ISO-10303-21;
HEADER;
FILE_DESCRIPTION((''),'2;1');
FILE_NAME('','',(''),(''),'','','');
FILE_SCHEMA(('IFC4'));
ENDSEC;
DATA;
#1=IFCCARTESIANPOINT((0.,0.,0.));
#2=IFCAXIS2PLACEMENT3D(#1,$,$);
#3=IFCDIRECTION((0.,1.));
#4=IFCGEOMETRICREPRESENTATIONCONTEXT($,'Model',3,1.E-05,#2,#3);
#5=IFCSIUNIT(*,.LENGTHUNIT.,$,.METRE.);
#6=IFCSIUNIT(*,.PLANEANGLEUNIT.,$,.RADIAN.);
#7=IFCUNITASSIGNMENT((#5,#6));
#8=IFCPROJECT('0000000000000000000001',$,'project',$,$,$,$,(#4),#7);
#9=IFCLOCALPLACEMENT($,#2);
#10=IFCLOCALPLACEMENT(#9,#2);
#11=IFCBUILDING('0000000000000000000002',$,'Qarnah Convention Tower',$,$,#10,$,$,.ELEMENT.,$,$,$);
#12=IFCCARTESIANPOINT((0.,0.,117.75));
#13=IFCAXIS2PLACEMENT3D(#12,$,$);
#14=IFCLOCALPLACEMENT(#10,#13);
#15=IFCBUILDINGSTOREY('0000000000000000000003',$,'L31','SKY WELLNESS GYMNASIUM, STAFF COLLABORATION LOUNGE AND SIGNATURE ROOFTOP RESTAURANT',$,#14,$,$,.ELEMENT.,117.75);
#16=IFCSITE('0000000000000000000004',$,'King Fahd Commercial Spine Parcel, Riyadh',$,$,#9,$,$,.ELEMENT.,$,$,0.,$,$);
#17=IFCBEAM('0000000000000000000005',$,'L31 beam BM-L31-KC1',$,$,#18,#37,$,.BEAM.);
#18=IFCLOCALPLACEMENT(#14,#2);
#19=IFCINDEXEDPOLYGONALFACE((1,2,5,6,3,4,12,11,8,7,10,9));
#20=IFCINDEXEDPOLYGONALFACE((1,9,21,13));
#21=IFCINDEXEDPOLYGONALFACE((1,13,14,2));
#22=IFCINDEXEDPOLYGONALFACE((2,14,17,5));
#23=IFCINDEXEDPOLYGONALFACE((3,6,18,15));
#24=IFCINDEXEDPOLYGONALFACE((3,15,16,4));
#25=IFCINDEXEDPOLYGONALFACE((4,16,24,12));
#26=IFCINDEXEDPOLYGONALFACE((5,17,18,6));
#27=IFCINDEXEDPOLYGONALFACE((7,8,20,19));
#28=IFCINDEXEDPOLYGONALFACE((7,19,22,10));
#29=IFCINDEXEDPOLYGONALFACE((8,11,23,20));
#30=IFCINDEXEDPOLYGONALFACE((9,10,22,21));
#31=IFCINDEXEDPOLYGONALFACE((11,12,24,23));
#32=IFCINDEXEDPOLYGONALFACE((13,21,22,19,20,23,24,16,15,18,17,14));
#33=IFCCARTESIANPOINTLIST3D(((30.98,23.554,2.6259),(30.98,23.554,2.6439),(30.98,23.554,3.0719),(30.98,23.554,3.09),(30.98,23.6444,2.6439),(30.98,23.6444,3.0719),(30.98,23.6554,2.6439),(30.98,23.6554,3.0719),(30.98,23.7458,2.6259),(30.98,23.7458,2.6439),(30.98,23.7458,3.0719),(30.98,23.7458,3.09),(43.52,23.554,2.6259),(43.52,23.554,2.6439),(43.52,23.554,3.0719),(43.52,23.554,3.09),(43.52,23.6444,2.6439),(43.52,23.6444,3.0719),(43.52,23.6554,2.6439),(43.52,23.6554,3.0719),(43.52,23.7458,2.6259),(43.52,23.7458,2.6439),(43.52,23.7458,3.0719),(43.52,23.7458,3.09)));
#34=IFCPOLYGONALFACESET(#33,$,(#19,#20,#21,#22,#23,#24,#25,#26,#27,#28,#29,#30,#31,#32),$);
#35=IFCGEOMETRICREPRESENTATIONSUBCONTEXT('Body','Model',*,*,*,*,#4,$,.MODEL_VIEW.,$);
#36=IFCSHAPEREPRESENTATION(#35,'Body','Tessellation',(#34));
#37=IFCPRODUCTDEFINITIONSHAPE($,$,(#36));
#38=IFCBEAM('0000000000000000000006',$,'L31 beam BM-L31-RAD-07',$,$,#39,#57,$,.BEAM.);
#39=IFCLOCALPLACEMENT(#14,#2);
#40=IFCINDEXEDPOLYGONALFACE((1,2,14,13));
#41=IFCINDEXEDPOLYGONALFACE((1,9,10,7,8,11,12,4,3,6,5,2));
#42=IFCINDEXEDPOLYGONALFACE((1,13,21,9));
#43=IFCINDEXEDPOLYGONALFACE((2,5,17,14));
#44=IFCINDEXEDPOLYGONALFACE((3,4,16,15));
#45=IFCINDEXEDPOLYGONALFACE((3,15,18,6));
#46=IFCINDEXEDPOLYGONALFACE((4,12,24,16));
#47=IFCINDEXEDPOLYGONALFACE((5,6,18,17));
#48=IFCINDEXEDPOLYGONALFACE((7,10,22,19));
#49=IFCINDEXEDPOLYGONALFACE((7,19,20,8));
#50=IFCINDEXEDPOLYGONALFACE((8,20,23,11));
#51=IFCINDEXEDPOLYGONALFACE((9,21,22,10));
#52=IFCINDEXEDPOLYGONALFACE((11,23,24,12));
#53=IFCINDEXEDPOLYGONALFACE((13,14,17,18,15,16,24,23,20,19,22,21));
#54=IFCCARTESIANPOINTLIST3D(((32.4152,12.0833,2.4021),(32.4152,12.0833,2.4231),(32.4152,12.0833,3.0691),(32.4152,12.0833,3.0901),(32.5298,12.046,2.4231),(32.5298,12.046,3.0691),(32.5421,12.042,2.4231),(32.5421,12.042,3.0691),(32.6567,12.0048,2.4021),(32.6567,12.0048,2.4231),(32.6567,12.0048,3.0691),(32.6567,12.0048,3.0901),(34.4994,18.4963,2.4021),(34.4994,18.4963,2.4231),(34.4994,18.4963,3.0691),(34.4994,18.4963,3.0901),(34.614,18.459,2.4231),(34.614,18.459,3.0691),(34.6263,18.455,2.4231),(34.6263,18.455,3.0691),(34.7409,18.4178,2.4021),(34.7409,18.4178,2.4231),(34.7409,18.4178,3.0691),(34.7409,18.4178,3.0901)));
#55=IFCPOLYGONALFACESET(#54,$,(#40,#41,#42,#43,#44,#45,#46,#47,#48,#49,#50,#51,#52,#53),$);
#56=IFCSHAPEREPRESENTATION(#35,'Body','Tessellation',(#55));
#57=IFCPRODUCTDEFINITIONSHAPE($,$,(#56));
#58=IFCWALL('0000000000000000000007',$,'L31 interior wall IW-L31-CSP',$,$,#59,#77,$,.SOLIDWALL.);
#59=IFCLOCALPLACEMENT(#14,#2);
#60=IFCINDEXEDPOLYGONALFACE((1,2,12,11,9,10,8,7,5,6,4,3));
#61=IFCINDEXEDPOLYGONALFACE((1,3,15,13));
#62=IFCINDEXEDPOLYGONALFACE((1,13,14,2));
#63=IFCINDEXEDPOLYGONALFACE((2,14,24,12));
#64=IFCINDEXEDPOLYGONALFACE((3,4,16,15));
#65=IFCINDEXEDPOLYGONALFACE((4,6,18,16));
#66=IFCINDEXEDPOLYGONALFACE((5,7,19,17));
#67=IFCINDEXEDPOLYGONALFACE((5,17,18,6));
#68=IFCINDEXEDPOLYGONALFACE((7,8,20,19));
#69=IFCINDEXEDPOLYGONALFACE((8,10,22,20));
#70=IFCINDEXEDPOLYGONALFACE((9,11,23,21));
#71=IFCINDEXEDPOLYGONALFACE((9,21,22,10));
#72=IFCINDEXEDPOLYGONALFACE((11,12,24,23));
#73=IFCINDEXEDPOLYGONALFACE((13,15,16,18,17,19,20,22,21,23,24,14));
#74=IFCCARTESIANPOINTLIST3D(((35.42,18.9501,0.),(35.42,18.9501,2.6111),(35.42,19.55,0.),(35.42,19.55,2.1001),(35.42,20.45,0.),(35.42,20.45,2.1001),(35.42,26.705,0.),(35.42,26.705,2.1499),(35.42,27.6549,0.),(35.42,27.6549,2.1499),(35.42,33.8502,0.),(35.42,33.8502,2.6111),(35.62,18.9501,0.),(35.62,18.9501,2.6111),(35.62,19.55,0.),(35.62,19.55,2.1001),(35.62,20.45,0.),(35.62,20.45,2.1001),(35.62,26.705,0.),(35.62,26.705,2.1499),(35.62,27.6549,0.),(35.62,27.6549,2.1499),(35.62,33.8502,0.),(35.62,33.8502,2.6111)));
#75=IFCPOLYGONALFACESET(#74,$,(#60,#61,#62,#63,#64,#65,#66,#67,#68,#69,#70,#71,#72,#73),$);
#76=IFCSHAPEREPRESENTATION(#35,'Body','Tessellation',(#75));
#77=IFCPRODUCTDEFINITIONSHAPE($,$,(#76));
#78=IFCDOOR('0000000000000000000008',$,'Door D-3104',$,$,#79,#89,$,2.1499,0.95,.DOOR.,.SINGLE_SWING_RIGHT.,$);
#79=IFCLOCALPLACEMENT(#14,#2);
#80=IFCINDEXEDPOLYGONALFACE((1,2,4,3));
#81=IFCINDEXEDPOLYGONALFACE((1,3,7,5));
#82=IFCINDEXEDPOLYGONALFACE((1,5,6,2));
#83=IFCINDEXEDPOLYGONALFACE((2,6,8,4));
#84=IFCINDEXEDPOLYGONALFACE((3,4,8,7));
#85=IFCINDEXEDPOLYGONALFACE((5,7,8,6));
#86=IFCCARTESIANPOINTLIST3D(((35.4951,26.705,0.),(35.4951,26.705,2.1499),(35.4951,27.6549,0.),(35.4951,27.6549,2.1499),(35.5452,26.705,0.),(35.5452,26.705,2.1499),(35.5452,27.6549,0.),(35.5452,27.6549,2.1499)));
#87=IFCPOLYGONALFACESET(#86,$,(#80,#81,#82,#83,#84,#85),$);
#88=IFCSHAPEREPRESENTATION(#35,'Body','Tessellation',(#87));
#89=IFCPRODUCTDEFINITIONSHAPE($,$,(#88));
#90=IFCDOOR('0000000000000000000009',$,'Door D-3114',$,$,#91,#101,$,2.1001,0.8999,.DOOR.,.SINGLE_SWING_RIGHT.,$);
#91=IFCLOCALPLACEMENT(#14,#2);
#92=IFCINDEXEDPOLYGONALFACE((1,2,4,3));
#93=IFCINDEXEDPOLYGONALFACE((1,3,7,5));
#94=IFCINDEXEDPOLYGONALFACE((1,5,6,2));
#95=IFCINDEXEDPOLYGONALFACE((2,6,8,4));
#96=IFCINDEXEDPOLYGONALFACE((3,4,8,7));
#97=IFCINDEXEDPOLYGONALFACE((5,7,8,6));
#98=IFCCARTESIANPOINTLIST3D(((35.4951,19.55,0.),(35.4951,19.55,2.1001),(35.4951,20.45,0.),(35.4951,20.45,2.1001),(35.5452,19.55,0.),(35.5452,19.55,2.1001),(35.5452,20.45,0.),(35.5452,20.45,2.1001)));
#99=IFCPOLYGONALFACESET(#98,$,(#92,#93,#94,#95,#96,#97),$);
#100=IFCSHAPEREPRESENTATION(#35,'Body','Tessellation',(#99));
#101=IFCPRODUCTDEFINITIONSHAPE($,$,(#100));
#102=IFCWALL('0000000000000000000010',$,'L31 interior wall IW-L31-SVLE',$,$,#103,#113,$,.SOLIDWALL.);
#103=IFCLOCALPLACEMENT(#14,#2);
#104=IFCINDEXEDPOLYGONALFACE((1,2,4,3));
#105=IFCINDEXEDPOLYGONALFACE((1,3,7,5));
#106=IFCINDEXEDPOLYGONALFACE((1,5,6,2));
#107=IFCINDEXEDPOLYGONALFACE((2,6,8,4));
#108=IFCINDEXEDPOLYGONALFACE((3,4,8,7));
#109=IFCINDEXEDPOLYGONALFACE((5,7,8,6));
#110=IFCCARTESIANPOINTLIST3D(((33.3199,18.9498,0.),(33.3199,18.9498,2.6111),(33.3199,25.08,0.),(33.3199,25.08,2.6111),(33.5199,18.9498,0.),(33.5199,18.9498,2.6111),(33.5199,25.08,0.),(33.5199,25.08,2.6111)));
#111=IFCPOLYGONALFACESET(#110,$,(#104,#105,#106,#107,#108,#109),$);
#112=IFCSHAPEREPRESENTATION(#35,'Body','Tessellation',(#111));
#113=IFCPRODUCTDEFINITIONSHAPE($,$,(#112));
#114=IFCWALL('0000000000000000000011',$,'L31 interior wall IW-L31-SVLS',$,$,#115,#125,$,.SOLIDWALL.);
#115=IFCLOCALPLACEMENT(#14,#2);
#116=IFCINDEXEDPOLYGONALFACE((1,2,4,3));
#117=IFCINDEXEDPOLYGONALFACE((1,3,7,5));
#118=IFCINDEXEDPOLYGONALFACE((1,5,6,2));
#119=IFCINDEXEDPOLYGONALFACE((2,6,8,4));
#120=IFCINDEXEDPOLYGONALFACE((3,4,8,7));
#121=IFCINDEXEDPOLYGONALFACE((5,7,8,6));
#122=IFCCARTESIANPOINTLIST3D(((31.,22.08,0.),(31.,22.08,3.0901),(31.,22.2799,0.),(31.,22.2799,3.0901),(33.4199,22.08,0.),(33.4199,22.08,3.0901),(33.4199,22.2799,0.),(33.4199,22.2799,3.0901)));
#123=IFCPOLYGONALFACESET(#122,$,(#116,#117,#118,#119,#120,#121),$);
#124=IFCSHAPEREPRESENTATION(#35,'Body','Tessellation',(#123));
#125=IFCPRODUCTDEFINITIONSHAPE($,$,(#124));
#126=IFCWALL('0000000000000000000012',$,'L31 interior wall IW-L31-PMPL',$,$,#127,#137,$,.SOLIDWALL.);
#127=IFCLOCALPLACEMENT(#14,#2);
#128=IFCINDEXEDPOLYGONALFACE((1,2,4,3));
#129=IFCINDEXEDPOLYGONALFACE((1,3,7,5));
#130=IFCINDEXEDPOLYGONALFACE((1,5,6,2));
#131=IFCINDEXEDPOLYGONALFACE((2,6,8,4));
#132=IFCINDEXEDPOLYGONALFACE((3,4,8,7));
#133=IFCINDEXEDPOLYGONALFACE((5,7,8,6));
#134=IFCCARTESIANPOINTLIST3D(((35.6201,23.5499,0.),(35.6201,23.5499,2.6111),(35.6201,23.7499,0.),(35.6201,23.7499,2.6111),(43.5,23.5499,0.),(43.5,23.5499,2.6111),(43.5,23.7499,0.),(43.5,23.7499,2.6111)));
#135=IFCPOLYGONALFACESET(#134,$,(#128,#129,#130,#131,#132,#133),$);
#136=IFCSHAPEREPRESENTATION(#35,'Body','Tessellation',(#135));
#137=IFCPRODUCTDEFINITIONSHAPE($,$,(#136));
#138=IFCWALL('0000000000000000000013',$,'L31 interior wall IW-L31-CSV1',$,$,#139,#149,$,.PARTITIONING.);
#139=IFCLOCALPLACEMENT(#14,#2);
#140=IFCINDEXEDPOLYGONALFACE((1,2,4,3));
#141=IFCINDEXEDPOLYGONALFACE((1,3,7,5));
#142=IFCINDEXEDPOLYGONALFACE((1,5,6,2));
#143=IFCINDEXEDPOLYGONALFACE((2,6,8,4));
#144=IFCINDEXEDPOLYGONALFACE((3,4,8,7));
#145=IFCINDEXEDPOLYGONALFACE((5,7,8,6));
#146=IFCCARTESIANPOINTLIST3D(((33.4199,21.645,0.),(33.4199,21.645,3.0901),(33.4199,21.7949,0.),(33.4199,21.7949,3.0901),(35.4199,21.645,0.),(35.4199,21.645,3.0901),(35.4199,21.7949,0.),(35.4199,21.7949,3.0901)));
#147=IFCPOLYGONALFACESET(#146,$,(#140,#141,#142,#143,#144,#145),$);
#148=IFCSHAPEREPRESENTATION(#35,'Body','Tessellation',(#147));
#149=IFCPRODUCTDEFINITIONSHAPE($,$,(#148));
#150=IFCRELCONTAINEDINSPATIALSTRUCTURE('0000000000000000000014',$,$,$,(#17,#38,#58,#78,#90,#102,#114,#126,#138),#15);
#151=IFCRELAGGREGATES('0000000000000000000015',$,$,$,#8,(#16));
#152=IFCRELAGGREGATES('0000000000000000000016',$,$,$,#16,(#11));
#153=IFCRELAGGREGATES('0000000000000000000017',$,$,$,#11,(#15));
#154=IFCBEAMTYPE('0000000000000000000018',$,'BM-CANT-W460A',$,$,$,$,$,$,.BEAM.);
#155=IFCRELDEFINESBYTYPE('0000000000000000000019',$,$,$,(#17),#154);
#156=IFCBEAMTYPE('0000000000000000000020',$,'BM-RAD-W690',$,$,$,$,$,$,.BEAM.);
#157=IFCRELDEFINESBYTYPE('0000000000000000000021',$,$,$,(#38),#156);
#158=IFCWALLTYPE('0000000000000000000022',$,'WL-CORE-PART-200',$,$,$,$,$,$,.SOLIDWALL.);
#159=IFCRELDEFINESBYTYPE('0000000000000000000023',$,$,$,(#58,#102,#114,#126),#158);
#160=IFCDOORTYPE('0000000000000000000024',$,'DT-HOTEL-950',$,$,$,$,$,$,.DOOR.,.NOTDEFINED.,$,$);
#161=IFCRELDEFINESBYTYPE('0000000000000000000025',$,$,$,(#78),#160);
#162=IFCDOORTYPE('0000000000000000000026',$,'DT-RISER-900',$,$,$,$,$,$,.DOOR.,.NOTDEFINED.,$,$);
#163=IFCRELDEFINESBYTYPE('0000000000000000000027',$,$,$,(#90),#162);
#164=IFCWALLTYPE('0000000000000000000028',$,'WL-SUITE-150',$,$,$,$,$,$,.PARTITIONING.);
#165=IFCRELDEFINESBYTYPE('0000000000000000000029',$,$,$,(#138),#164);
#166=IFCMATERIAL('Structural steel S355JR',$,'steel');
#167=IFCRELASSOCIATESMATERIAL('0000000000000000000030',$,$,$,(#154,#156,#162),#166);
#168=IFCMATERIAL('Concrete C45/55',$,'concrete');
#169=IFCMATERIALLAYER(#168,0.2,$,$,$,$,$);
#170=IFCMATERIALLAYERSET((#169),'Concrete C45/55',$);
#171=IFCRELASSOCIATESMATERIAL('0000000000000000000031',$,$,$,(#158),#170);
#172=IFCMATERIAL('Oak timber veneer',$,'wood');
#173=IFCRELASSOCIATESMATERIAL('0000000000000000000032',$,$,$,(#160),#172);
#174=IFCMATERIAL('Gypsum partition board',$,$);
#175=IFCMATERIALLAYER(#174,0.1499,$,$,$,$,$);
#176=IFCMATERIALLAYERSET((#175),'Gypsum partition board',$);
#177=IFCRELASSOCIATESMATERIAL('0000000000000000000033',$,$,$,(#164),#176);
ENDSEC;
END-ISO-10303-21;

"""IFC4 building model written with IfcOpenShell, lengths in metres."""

from ifc_helpers import new_model, si_unit, direction, frame, frame_2d, origin, origin_2d, place, context, subcontext, project, spatial, rectangle, i_section, extrude, material, layer, layer_set, material_profile, profile_set, type_object, element, fill, save


model = new_model("IFC4")

# Units and contexts
model_context = context("Model", 3, precision=1e-05, world=origin(), true_north=direction((0.0, 1.0)))
body_context = subcontext(model_context, "Body", "Model", "MODEL_VIEW")
ifc_project = project(units=[si_unit("LENGTHUNIT", "METRE"), si_unit("PLANEANGLEUNIT", "RADIAN")], contexts=[model_context])

# Site, building, storey
site_placement = place(None, origin())
site = spatial("IfcSite", under=ifc_project, at=site_placement, Name="King Fahd Commercial Spine Parcel, Riyadh", CompositionType="ELEMENT", RefElevation=0.0)
building_placement = place(site_placement, origin())
building = spatial("IfcBuilding", under=site, at=building_placement, Name="Qarnah Convention Tower", CompositionType="ELEMENT")
storey_placement = place(building_placement, frame((0.0, 0.0, 117.75)))
storey = spatial("IfcBuildingStorey", under=building, at=storey_placement, Name="L31", Description="SKY WELLNESS GYMNASIUM, STAFF COLLABORATION LOUNGE AND SIGNATURE ROOFTOP RESTAURANT", CompositionType="ELEMENT", Elevation=117.75)

# Beams
ifc_material_1 = material(Name="Structural steel S355JR", Category="steel")
ifc_material_profile_1 = material_profile(ifc_material_1, i_section(OverallWidth=0.1919, OverallDepth=0.4641, WebThickness=0.011, FlangeThickness=0.0181, at=origin_2d()), Name="W460X89")
ifc_profile_set_1 = profile_set([ifc_material_profile_1], Name="Structural steel S355JR")
beam_type_1 = type_object("IfcBeamType", Name="BM-CANT-W460A", PredefinedType="BEAM", material=ifc_profile_set_1)
beam_1_placement = place(storey_placement, frame((30.98, 23.6499, 2.8579), z_axis=(1.0, 0.0, 0.0), x_axis=(0.0, 1.0, 0.0)))
element("IfcBeam", 1, at=beam_1_placement, inside=storey, type_object=beam_type_1, Name="L31 beam BM-L31-KC1", PredefinedType="BEAM", context=body_context, shape_type="SweptSolid", body=[
    extrude(i_section(OverallWidth=0.1919, OverallDepth=0.4641, WebThickness=0.011, FlangeThickness=0.0181, at=origin_2d()), origin(), (0.0, 0.0, 1.0), 12.54),
])
ifc_material_profile_2 = material_profile(ifc_material_1, i_section(OverallWidth=0.2539, OverallDepth=0.688, WebThickness=0.0129, FlangeThickness=0.021, at=origin_2d()), Name="W690X152")
ifc_profile_set_2 = profile_set([ifc_material_profile_2], Name="Structural steel S355JR")
beam_type_2 = type_object("IfcBeamType", Name="BM-RAD-W690", PredefinedType="BEAM", material=ifc_profile_set_2)
beam_2_placement = place(storey_placement, frame((34.6201, 18.457, 2.7461), z_axis=(-0.309083, -0.951035, 0.0), x_axis=(0.951035, -0.309083, 0.0)))
element("IfcBeam", 2, at=beam_2_placement, inside=storey, type_object=beam_type_2, Name="L31 beam BM-L31-RAD-07", PredefinedType="BEAM", context=body_context, shape_type="SweptSolid", body=[
    extrude(i_section(OverallWidth=0.2539, OverallDepth=0.688, WebThickness=0.0129, FlangeThickness=0.021, at=origin_2d()), origin(), (0.0, 0.0, 1.0), 6.7432),
])

# Wall, openings, doors
door_type_1 = type_object("IfcDoorType", Name="DT-RISER-900", OperationType="NOTDEFINED", PredefinedType="DOOR", material=ifc_material_1)
ifc_material_2 = material(Name="Concrete C45/55", Category="concrete")
ifc_layer_1 = layer(ifc_material_2, 0.2)
ifc_layer_set_1 = layer_set([ifc_layer_1], Name="Concrete C45/55")
wall_type_1 = type_object("IfcWallType", Name="WL-CORE-PART-200", PredefinedType="SOLIDWALL", material=ifc_layer_set_1)
wall_1_placement = place(storey_placement, frame((35.52, 18.95, 0.0), z_axis=(0.0, 0.0, 1.0), x_axis=(0.0, 1.0, 0.0)))
wall_1 = element("IfcWall", 3, at=wall_1_placement, inside=storey, type_object=wall_type_1, Name="L31 interior wall IW-L31-CSP", PredefinedType="SOLIDWALL", context=body_context, shape_type="SweptSolid", body=[
    extrude(rectangle(XDim=14.9001, YDim=0.2, at=frame_2d((7.4502, 0.0))), origin(), (0.0, 0.0, 1.0), 2.6111),
])
opening_1_placement = place(wall_1_placement, frame((7.7549, 0.0, 0.0)))
opening_1 = element("IfcOpeningElement", 4, at=opening_1_placement, cuts=wall_1, PredefinedType="OPENING", context=body_context, shape_type="SweptSolid", body=[
    extrude(rectangle(XDim=0.95, YDim=2.1499, at=frame_2d((0.4751, 1.075))), frame((0.0, 0.1099, 0.0), z_axis=(0.0, -1.0, 0.0), x_axis=(1.0, 0.0, 0.0)), (0.0, 0.0, 1.0), 0.22),
])
opening_2_placement = place(wall_1_placement, frame((0.6001, 0.0, 0.0)))
opening_2 = element("IfcOpeningElement", 5, at=opening_2_placement, cuts=wall_1, PredefinedType="OPENING", context=body_context, shape_type="SweptSolid", body=[
    extrude(rectangle(XDim=0.8999, YDim=2.1001, at=frame_2d((0.45, 1.05))), frame((0.0, 0.1099, 0.0), z_axis=(0.0, -1.0, 0.0), x_axis=(1.0, 0.0, 0.0)), (0.0, 0.0, 1.0), 0.22),
])
ifc_material_3 = material(Name="Oak timber veneer", Category="wood")
door_type_2 = type_object("IfcDoorType", Name="DT-HOTEL-950", OperationType="NOTDEFINED", PredefinedType="DOOR", material=ifc_material_3)
door_1_placement = place(opening_1_placement, origin())
door_1 = element("IfcDoor", 6, at=door_1_placement, inside=storey, type_object=door_type_2, Name="Door D-3104", OperationType="SINGLE_SWING_RIGHT", OverallHeight=2.1499, OverallWidth=0.95, PredefinedType="DOOR", context=body_context, shape_type="SweptSolid", body=[
    extrude(rectangle(XDim=0.95, YDim=2.1499, at=frame_2d((0.4751, 1.075))), frame((0.0, 0.0249, 0.0), z_axis=(0.0, -1.0, 0.0), x_axis=(1.0, 0.0, 0.0)), (0.0, 0.0, 1.0), 0.05),
])
fill(opening_1, door_1)
door_2_placement = place(opening_2_placement, origin())
door_2 = element("IfcDoor", 7, at=door_2_placement, inside=storey, type_object=door_type_1, Name="Door D-3114", OperationType="SINGLE_SWING_RIGHT", OverallHeight=2.1001, OverallWidth=0.8999, PredefinedType="DOOR", context=body_context, shape_type="SweptSolid", body=[
    extrude(rectangle(XDim=0.8999, YDim=2.1001, at=frame_2d((0.45, 1.05))), frame((0.0, 0.0249, 0.0), z_axis=(0.0, -1.0, 0.0), x_axis=(1.0, 0.0, 0.0)), (0.0, 0.0, 1.0), 0.05),
])
fill(opening_2, door_2)

# Walls
wall_2_placement = place(storey_placement, frame((33.4199, 18.95, 0.0), z_axis=(0.0, 0.0, 1.0), x_axis=(0.0, 1.0, 0.0)))
element("IfcWall", 8, at=wall_2_placement, inside=storey, type_object=wall_type_1, Name="L31 interior wall IW-L31-SVLE", PredefinedType="SOLIDWALL", context=body_context, shape_type="SweptSolid", body=[
    extrude(rectangle(XDim=6.1301, YDim=0.2, at=frame_2d((3.0649, 0.0))), origin(), (0.0, 0.0, 1.0), 2.6111),
])
wall_3_placement = place(storey_placement, frame((31.0, 22.1799, 0.0), z_axis=(0.0, 0.0, 1.0), x_axis=(1.0, 0.0, 0.0)))
element("IfcWall", 9, at=wall_3_placement, inside=storey, type_object=wall_type_1, Name="L31 interior wall IW-L31-SVLS", PredefinedType="SOLIDWALL", context=body_context, shape_type="SweptSolid", body=[
    extrude(rectangle(XDim=2.4199, YDim=0.2, at=frame_2d((1.21, 0.0))), origin(), (0.0, 0.0, 1.0), 3.0901),
])
wall_4_placement = place(storey_placement, frame((35.6201, 23.6499, 0.0), z_axis=(0.0, 0.0, 1.0), x_axis=(1.0, 0.0, 0.0)))
element("IfcWall", 10, at=wall_4_placement, inside=storey, type_object=wall_type_1, Name="L31 interior wall IW-L31-PMPL", PredefinedType="SOLIDWALL", context=body_context, shape_type="SweptSolid", body=[
    extrude(rectangle(XDim=7.8799, YDim=0.2, at=frame_2d((3.9399, 0.0))), origin(), (0.0, 0.0, 1.0), 2.6111),
])

# Wall
ifc_material_4 = material(Name="Gypsum partition board")
ifc_layer_2 = layer(ifc_material_4, 0.1499)
ifc_layer_set_2 = layer_set([ifc_layer_2], Name="Gypsum partition board")
wall_type_2 = type_object("IfcWallType", Name="WL-SUITE-150", PredefinedType="PARTITIONING", material=ifc_layer_set_2)
wall_5_placement = place(storey_placement, frame((33.4199, 21.72, 0.0), z_axis=(0.0, 0.0, 1.0), x_axis=(1.0, 0.0, 0.0)))
element("IfcWall", 11, at=wall_5_placement, inside=storey, type_object=wall_type_2, Name="L31 interior wall IW-L31-CSV1", PredefinedType="PARTITIONING", context=body_context, shape_type="SweptSolid", body=[
    extrude(rectangle(XDim=2.0, YDim=0.1499, at=frame_2d((1.0, 0.0))), origin(), (0.0, 0.0, 1.0), 3.0901),
])

save(model, "model.ifc")
